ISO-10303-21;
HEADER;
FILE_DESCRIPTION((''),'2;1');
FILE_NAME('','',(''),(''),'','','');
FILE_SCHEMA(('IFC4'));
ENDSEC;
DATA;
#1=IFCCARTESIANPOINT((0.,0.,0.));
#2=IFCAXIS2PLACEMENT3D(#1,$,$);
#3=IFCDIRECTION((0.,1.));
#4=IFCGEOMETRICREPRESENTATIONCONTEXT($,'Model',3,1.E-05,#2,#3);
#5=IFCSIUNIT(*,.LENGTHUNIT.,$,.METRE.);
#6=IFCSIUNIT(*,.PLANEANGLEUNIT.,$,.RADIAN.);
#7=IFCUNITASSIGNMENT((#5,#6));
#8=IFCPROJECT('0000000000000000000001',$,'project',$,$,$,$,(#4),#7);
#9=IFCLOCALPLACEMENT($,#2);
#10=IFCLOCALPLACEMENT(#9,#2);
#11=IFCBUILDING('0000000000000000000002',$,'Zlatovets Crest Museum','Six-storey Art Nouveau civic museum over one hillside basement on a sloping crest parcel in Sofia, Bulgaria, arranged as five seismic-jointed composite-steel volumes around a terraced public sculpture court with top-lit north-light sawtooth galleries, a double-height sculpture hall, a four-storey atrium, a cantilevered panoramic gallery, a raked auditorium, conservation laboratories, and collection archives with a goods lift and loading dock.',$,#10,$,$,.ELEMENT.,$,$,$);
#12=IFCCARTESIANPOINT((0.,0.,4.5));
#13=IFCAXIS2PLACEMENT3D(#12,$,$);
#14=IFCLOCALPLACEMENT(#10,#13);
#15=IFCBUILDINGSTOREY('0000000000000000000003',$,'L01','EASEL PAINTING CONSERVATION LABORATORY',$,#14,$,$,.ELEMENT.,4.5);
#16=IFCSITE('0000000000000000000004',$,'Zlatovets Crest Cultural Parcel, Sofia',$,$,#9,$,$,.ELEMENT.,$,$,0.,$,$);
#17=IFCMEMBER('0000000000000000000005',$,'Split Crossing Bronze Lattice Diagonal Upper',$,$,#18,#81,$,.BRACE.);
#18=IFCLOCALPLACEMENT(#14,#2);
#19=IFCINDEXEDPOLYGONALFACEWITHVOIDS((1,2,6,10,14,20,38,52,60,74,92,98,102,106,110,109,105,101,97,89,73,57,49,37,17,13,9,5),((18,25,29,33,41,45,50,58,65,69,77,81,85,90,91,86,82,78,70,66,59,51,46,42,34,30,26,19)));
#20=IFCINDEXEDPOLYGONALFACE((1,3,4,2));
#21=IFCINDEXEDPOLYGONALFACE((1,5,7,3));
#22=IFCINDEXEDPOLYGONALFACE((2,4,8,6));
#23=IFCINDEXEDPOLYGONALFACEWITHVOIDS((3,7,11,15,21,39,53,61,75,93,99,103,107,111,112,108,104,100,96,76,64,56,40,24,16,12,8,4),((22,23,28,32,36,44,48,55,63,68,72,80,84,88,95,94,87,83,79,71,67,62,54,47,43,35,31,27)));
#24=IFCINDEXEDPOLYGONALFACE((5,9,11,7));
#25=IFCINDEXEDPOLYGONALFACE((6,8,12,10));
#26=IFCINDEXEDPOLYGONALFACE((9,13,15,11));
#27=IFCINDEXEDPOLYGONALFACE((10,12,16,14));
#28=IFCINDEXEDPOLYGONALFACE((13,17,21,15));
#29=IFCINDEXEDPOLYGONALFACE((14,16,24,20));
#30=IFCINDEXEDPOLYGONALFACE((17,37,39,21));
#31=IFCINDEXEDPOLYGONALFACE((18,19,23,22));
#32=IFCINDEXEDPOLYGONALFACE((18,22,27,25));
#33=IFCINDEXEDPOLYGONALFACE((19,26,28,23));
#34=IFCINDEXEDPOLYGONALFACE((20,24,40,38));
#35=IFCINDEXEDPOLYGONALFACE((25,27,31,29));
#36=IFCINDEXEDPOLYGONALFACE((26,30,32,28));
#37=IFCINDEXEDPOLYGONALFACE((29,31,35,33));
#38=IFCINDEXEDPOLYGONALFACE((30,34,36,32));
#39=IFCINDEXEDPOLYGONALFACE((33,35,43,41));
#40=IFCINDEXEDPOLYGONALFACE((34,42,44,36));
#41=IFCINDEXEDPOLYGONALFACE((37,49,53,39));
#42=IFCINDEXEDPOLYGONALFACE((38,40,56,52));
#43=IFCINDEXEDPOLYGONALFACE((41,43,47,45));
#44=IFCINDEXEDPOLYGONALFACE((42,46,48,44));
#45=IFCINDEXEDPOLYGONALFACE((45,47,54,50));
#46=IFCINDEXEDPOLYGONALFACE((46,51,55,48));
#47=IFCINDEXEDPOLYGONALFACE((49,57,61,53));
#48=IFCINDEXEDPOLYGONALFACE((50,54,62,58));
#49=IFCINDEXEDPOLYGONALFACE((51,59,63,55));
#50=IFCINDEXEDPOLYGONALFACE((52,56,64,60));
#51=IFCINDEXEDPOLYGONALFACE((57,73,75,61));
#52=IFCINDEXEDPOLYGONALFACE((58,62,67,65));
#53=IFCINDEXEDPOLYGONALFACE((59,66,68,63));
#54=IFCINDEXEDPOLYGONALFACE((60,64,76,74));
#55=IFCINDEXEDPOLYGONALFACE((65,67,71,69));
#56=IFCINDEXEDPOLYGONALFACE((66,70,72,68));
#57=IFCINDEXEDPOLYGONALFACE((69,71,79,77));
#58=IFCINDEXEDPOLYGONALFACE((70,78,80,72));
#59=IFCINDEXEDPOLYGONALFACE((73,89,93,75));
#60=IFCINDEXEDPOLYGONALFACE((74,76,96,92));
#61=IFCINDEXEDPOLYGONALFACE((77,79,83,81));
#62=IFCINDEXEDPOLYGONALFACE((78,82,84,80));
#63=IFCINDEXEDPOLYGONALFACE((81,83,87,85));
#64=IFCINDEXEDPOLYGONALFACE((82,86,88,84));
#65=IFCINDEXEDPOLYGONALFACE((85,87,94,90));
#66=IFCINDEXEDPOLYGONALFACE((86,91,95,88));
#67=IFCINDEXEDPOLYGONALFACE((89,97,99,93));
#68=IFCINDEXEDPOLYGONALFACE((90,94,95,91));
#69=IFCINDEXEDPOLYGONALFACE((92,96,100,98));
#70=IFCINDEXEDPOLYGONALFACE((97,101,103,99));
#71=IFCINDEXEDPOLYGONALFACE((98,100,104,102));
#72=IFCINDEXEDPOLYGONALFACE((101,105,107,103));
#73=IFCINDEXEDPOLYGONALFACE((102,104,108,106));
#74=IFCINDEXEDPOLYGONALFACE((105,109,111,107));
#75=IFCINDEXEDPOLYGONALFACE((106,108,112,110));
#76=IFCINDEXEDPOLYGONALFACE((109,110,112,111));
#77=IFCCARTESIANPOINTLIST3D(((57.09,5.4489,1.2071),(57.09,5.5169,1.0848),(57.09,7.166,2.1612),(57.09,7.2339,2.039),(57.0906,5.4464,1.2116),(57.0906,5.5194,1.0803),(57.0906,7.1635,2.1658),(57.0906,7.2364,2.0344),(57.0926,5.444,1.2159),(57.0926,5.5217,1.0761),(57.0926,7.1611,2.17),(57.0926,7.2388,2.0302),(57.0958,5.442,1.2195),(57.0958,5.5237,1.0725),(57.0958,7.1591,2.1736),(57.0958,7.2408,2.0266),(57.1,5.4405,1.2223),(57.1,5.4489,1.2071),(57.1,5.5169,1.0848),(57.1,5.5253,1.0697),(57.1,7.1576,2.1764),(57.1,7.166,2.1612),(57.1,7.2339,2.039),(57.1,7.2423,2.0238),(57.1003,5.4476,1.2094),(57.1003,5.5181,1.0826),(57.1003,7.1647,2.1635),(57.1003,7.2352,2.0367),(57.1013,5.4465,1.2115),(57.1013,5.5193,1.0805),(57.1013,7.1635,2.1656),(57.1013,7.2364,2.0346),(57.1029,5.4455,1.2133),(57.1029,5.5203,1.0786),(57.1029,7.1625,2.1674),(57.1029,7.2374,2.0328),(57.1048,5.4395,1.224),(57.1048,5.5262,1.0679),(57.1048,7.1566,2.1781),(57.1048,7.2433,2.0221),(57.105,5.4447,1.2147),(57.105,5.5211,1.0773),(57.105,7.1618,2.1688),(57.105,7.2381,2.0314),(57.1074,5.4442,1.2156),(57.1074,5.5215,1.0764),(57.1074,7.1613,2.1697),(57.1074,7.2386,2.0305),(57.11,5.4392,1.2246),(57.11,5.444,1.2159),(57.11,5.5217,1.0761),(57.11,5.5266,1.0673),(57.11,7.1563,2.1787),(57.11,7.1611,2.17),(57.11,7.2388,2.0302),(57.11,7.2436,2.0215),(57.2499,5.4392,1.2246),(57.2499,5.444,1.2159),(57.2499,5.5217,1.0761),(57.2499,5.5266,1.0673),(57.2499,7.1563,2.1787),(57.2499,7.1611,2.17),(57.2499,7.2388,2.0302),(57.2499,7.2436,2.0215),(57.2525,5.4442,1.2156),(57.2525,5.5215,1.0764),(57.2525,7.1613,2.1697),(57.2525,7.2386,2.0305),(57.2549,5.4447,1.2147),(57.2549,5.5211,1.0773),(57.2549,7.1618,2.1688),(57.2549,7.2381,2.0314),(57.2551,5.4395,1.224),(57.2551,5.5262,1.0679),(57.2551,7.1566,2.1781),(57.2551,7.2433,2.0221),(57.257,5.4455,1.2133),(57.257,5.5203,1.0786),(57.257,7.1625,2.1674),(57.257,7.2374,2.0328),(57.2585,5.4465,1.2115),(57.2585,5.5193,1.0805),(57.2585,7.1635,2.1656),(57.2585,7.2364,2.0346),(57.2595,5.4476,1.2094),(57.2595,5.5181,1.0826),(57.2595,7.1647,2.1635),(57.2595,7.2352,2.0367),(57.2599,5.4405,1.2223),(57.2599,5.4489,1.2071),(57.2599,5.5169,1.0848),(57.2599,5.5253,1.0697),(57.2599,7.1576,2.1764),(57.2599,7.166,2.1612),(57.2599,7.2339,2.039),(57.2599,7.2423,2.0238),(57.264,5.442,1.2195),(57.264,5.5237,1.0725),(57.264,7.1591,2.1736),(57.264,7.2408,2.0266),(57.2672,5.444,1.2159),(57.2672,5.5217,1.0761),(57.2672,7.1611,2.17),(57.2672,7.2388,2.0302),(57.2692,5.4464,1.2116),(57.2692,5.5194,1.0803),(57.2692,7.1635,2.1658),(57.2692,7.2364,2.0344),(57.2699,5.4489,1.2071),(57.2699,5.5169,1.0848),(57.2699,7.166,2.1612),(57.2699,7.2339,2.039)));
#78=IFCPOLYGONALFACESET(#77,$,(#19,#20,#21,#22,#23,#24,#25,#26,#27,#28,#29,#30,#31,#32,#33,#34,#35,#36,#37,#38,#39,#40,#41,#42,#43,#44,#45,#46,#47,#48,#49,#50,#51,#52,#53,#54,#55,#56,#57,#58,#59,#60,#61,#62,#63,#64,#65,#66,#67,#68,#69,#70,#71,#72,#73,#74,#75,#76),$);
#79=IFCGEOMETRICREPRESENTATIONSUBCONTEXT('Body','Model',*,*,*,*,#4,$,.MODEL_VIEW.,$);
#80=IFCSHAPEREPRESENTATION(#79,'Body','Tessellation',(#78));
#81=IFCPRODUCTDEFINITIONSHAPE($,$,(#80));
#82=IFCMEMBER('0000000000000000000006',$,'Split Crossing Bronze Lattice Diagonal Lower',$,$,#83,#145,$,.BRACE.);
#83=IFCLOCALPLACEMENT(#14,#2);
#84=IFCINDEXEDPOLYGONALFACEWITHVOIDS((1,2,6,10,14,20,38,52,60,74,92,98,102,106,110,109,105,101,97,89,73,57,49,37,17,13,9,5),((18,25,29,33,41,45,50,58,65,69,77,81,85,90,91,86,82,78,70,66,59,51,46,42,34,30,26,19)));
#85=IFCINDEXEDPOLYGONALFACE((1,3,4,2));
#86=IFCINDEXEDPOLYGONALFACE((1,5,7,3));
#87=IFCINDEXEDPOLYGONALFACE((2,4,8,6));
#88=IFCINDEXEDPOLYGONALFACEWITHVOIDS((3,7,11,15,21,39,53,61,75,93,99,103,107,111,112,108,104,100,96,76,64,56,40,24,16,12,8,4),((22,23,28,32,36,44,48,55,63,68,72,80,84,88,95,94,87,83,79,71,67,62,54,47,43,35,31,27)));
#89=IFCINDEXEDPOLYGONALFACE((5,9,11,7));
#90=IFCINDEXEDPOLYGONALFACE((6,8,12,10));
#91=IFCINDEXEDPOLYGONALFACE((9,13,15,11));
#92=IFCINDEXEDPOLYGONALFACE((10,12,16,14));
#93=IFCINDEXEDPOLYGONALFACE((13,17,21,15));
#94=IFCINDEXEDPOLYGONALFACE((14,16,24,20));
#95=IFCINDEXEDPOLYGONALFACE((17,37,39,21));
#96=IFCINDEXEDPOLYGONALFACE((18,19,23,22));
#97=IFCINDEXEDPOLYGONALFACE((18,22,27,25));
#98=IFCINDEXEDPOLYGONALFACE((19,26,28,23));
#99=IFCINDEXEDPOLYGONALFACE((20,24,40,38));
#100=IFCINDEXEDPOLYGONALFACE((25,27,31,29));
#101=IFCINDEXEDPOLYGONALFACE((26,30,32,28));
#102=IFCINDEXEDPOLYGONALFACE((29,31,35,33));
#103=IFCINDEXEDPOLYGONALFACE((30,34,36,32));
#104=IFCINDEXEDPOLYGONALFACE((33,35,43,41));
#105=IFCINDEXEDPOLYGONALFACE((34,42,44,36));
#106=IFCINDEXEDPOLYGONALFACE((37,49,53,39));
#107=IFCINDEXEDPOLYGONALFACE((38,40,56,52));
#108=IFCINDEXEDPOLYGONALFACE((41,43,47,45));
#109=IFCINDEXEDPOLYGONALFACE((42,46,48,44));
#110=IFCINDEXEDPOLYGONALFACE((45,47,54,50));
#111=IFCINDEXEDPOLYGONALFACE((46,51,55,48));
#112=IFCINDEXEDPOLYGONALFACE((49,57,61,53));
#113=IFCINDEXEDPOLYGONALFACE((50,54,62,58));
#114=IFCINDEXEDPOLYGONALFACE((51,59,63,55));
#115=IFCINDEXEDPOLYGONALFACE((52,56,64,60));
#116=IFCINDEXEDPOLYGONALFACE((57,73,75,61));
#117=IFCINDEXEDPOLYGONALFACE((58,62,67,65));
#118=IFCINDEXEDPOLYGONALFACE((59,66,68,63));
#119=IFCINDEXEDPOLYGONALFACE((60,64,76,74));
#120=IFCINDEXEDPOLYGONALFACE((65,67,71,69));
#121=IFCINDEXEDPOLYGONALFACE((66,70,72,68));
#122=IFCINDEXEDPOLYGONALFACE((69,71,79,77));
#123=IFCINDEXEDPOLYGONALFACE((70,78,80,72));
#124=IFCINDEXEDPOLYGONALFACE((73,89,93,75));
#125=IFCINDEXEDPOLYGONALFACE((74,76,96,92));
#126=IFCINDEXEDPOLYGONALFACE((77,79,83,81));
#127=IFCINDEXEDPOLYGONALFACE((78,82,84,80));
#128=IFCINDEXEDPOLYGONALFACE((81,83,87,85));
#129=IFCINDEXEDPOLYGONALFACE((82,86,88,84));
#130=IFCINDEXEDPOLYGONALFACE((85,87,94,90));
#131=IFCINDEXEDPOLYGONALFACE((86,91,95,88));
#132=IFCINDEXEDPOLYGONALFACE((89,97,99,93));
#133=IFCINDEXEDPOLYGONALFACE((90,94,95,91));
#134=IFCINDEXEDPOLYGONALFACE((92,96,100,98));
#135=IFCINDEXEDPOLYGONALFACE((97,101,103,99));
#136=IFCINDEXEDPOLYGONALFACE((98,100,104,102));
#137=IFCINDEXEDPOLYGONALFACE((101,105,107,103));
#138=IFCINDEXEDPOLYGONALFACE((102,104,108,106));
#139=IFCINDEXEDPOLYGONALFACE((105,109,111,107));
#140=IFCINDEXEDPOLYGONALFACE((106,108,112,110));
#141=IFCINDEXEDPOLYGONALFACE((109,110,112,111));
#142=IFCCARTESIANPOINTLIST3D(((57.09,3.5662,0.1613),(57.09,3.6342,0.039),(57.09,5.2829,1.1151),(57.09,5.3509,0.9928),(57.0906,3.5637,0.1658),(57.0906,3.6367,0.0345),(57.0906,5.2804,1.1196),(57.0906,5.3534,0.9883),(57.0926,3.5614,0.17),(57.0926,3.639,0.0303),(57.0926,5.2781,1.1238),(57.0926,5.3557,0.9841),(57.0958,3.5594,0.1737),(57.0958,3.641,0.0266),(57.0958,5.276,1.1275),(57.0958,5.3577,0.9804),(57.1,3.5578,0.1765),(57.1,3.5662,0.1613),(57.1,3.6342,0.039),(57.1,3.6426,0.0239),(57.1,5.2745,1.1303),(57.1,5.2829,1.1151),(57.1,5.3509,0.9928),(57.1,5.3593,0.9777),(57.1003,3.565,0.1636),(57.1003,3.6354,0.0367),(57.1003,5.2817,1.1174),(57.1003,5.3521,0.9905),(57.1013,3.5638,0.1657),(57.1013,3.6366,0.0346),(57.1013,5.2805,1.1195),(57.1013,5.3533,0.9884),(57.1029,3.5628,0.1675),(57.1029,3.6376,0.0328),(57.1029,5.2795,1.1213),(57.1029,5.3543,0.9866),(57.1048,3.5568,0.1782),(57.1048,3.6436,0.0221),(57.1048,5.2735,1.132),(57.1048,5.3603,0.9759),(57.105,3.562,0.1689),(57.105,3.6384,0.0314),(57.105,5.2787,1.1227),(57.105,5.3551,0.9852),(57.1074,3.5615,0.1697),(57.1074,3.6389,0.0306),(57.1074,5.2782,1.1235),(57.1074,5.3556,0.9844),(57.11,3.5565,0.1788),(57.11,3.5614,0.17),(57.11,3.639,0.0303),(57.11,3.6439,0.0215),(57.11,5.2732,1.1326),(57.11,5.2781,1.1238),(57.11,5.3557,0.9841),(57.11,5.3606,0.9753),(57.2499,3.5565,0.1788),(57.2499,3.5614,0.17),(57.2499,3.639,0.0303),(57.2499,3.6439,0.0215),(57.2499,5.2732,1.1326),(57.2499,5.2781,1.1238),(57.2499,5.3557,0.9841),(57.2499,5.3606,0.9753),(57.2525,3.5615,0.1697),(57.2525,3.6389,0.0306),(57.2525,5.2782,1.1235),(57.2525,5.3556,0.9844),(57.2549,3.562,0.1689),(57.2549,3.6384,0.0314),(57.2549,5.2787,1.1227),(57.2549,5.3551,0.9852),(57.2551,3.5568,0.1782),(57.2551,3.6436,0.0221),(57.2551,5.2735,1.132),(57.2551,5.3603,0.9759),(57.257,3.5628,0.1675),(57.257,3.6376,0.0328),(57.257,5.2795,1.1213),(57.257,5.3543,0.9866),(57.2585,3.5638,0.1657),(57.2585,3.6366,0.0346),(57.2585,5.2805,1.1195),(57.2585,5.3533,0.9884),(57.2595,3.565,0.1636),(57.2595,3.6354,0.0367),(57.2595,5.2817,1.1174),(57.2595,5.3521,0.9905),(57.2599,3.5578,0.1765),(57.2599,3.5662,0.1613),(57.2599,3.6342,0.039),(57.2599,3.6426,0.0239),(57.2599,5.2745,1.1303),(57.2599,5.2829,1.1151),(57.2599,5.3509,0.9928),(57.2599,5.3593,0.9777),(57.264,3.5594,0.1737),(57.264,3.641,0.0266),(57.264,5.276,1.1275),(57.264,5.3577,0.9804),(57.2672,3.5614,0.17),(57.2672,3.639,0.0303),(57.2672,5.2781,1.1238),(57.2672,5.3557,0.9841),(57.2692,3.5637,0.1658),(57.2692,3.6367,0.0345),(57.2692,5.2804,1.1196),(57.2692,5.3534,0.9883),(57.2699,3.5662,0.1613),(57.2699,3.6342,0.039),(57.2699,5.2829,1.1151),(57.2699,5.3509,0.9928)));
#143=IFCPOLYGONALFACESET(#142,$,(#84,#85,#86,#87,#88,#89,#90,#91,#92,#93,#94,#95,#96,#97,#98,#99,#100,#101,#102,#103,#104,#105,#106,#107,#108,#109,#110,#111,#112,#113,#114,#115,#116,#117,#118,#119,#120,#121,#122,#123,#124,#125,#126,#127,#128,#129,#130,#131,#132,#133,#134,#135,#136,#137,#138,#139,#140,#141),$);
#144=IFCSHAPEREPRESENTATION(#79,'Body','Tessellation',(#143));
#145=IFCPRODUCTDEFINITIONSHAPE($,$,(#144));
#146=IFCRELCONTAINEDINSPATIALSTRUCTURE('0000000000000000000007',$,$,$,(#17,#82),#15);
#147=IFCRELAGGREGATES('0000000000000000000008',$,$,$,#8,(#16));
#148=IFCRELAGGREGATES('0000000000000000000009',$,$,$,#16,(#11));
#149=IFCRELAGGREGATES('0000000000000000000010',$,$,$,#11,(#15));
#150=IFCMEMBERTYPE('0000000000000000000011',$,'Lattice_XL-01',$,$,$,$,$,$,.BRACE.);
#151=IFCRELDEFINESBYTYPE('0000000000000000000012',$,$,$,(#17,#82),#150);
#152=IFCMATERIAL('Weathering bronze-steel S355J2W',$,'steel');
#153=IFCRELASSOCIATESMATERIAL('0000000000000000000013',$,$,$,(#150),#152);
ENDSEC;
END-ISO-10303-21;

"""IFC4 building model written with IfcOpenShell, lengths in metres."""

from ifc_helpers import new_model, si_unit, direction, frame, origin, origin_2d, place, context, subcontext, project, spatial, hollow_rectangle, extrude, material, material_profile, profile_set, type_object, element, save


model = new_model("IFC4")

# Units and contexts
model_context = context("Model", 3, precision=1e-05, world=origin(), true_north=direction((0.0, 1.0)))
body_context = subcontext(model_context, "Body", "Model", "MODEL_VIEW")
ifc_project = project(units=[si_unit("LENGTHUNIT", "METRE"), si_unit("PLANEANGLEUNIT", "RADIAN")], contexts=[model_context])

# Site, building, storey
site_placement = place(None, origin())
site = spatial("IfcSite", under=ifc_project, at=site_placement, Name="Zlatovets Crest Cultural Parcel, Sofia", CompositionType="ELEMENT", RefElevation=0.0)
building_placement = place(site_placement, origin())
building = spatial("IfcBuilding", under=site, at=building_placement, Name="Zlatovets Crest Museum", Description="Six-storey Art Nouveau civic museum over one hillside basement on a sloping crest parcel in Sofia, Bulgaria, arranged as five seismic-jointed composite-steel volumes around a terraced public sculpture court with top-lit north-light sawtooth galleries, a double-height sculpture hall, a four-storey atrium, a cantilevered panoramic gallery, a raked auditorium, conservation laboratories, and collection archives with a goods lift and loading dock.", CompositionType="ELEMENT")
storey_placement = place(building_placement, frame((0.0, 0.0, 4.5)))
storey = spatial("IfcBuildingStorey", under=building, at=storey_placement, Name="L01", Description="EASEL PAINTING CONSERVATION LABORATORY", CompositionType="ELEMENT", Elevation=4.5)

# Members
ifc_material_1 = material(Name="Weathering bronze-steel S355J2W", Category="steel")
ifc_material_profile_1 = material_profile(ifc_material_1, hollow_rectangle(XDim=0.1799, YDim=0.1799, WallThickness=0.01, InnerFilletRadius=0.01, OuterFilletRadius=0.02, at=origin_2d()), Name="SHS 180x180x10.0")
ifc_profile_set_1 = profile_set([ifc_material_profile_1], Name="Weathering bronze-steel S355J2W")
member_type_1 = type_object("IfcMemberType", Name="Lattice_XL-01", PredefinedType="BRACE", material=ifc_profile_set_1)
member_1_placement = place(storey_placement, frame((57.1799, 7.2, 2.1001), z_axis=(0.0, -0.874116, -0.485717), x_axis=(1.0, 0.0, 0.0)))
element("IfcMember", 1, at=member_1_placement, inside=storey, type_object=member_type_1, Name="Split Crossing Bronze Lattice Diagonal Upper", PredefinedType="BRACE", context=body_context, shape_type="SweptSolid", body=[
    extrude(hollow_rectangle(XDim=0.1799, YDim=0.1799, WallThickness=0.01, InnerFilletRadius=0.01, OuterFilletRadius=0.02, at=origin_2d()), origin(), (0.0, 0.0, 1.0), 1.9644),
])
member_2_placement = place(storey_placement, frame((57.1799, 5.3169, 1.054), z_axis=(0.0, -0.87414, -0.485675), x_axis=(1.0, 0.0, 0.0)))
element("IfcMember", 2, at=member_2_placement, inside=storey, type_object=member_type_1, Name="Split Crossing Bronze Lattice Diagonal Lower", PredefinedType="BRACE", context=body_context, shape_type="SweptSolid", body=[
    extrude(hollow_rectangle(XDim=0.1799, YDim=0.1799, WallThickness=0.01, InnerFilletRadius=0.01, OuterFilletRadius=0.02, at=origin_2d()), origin(), (0.0, 0.0, 1.0), 1.9639),
])

save(model, "model.ifc")
